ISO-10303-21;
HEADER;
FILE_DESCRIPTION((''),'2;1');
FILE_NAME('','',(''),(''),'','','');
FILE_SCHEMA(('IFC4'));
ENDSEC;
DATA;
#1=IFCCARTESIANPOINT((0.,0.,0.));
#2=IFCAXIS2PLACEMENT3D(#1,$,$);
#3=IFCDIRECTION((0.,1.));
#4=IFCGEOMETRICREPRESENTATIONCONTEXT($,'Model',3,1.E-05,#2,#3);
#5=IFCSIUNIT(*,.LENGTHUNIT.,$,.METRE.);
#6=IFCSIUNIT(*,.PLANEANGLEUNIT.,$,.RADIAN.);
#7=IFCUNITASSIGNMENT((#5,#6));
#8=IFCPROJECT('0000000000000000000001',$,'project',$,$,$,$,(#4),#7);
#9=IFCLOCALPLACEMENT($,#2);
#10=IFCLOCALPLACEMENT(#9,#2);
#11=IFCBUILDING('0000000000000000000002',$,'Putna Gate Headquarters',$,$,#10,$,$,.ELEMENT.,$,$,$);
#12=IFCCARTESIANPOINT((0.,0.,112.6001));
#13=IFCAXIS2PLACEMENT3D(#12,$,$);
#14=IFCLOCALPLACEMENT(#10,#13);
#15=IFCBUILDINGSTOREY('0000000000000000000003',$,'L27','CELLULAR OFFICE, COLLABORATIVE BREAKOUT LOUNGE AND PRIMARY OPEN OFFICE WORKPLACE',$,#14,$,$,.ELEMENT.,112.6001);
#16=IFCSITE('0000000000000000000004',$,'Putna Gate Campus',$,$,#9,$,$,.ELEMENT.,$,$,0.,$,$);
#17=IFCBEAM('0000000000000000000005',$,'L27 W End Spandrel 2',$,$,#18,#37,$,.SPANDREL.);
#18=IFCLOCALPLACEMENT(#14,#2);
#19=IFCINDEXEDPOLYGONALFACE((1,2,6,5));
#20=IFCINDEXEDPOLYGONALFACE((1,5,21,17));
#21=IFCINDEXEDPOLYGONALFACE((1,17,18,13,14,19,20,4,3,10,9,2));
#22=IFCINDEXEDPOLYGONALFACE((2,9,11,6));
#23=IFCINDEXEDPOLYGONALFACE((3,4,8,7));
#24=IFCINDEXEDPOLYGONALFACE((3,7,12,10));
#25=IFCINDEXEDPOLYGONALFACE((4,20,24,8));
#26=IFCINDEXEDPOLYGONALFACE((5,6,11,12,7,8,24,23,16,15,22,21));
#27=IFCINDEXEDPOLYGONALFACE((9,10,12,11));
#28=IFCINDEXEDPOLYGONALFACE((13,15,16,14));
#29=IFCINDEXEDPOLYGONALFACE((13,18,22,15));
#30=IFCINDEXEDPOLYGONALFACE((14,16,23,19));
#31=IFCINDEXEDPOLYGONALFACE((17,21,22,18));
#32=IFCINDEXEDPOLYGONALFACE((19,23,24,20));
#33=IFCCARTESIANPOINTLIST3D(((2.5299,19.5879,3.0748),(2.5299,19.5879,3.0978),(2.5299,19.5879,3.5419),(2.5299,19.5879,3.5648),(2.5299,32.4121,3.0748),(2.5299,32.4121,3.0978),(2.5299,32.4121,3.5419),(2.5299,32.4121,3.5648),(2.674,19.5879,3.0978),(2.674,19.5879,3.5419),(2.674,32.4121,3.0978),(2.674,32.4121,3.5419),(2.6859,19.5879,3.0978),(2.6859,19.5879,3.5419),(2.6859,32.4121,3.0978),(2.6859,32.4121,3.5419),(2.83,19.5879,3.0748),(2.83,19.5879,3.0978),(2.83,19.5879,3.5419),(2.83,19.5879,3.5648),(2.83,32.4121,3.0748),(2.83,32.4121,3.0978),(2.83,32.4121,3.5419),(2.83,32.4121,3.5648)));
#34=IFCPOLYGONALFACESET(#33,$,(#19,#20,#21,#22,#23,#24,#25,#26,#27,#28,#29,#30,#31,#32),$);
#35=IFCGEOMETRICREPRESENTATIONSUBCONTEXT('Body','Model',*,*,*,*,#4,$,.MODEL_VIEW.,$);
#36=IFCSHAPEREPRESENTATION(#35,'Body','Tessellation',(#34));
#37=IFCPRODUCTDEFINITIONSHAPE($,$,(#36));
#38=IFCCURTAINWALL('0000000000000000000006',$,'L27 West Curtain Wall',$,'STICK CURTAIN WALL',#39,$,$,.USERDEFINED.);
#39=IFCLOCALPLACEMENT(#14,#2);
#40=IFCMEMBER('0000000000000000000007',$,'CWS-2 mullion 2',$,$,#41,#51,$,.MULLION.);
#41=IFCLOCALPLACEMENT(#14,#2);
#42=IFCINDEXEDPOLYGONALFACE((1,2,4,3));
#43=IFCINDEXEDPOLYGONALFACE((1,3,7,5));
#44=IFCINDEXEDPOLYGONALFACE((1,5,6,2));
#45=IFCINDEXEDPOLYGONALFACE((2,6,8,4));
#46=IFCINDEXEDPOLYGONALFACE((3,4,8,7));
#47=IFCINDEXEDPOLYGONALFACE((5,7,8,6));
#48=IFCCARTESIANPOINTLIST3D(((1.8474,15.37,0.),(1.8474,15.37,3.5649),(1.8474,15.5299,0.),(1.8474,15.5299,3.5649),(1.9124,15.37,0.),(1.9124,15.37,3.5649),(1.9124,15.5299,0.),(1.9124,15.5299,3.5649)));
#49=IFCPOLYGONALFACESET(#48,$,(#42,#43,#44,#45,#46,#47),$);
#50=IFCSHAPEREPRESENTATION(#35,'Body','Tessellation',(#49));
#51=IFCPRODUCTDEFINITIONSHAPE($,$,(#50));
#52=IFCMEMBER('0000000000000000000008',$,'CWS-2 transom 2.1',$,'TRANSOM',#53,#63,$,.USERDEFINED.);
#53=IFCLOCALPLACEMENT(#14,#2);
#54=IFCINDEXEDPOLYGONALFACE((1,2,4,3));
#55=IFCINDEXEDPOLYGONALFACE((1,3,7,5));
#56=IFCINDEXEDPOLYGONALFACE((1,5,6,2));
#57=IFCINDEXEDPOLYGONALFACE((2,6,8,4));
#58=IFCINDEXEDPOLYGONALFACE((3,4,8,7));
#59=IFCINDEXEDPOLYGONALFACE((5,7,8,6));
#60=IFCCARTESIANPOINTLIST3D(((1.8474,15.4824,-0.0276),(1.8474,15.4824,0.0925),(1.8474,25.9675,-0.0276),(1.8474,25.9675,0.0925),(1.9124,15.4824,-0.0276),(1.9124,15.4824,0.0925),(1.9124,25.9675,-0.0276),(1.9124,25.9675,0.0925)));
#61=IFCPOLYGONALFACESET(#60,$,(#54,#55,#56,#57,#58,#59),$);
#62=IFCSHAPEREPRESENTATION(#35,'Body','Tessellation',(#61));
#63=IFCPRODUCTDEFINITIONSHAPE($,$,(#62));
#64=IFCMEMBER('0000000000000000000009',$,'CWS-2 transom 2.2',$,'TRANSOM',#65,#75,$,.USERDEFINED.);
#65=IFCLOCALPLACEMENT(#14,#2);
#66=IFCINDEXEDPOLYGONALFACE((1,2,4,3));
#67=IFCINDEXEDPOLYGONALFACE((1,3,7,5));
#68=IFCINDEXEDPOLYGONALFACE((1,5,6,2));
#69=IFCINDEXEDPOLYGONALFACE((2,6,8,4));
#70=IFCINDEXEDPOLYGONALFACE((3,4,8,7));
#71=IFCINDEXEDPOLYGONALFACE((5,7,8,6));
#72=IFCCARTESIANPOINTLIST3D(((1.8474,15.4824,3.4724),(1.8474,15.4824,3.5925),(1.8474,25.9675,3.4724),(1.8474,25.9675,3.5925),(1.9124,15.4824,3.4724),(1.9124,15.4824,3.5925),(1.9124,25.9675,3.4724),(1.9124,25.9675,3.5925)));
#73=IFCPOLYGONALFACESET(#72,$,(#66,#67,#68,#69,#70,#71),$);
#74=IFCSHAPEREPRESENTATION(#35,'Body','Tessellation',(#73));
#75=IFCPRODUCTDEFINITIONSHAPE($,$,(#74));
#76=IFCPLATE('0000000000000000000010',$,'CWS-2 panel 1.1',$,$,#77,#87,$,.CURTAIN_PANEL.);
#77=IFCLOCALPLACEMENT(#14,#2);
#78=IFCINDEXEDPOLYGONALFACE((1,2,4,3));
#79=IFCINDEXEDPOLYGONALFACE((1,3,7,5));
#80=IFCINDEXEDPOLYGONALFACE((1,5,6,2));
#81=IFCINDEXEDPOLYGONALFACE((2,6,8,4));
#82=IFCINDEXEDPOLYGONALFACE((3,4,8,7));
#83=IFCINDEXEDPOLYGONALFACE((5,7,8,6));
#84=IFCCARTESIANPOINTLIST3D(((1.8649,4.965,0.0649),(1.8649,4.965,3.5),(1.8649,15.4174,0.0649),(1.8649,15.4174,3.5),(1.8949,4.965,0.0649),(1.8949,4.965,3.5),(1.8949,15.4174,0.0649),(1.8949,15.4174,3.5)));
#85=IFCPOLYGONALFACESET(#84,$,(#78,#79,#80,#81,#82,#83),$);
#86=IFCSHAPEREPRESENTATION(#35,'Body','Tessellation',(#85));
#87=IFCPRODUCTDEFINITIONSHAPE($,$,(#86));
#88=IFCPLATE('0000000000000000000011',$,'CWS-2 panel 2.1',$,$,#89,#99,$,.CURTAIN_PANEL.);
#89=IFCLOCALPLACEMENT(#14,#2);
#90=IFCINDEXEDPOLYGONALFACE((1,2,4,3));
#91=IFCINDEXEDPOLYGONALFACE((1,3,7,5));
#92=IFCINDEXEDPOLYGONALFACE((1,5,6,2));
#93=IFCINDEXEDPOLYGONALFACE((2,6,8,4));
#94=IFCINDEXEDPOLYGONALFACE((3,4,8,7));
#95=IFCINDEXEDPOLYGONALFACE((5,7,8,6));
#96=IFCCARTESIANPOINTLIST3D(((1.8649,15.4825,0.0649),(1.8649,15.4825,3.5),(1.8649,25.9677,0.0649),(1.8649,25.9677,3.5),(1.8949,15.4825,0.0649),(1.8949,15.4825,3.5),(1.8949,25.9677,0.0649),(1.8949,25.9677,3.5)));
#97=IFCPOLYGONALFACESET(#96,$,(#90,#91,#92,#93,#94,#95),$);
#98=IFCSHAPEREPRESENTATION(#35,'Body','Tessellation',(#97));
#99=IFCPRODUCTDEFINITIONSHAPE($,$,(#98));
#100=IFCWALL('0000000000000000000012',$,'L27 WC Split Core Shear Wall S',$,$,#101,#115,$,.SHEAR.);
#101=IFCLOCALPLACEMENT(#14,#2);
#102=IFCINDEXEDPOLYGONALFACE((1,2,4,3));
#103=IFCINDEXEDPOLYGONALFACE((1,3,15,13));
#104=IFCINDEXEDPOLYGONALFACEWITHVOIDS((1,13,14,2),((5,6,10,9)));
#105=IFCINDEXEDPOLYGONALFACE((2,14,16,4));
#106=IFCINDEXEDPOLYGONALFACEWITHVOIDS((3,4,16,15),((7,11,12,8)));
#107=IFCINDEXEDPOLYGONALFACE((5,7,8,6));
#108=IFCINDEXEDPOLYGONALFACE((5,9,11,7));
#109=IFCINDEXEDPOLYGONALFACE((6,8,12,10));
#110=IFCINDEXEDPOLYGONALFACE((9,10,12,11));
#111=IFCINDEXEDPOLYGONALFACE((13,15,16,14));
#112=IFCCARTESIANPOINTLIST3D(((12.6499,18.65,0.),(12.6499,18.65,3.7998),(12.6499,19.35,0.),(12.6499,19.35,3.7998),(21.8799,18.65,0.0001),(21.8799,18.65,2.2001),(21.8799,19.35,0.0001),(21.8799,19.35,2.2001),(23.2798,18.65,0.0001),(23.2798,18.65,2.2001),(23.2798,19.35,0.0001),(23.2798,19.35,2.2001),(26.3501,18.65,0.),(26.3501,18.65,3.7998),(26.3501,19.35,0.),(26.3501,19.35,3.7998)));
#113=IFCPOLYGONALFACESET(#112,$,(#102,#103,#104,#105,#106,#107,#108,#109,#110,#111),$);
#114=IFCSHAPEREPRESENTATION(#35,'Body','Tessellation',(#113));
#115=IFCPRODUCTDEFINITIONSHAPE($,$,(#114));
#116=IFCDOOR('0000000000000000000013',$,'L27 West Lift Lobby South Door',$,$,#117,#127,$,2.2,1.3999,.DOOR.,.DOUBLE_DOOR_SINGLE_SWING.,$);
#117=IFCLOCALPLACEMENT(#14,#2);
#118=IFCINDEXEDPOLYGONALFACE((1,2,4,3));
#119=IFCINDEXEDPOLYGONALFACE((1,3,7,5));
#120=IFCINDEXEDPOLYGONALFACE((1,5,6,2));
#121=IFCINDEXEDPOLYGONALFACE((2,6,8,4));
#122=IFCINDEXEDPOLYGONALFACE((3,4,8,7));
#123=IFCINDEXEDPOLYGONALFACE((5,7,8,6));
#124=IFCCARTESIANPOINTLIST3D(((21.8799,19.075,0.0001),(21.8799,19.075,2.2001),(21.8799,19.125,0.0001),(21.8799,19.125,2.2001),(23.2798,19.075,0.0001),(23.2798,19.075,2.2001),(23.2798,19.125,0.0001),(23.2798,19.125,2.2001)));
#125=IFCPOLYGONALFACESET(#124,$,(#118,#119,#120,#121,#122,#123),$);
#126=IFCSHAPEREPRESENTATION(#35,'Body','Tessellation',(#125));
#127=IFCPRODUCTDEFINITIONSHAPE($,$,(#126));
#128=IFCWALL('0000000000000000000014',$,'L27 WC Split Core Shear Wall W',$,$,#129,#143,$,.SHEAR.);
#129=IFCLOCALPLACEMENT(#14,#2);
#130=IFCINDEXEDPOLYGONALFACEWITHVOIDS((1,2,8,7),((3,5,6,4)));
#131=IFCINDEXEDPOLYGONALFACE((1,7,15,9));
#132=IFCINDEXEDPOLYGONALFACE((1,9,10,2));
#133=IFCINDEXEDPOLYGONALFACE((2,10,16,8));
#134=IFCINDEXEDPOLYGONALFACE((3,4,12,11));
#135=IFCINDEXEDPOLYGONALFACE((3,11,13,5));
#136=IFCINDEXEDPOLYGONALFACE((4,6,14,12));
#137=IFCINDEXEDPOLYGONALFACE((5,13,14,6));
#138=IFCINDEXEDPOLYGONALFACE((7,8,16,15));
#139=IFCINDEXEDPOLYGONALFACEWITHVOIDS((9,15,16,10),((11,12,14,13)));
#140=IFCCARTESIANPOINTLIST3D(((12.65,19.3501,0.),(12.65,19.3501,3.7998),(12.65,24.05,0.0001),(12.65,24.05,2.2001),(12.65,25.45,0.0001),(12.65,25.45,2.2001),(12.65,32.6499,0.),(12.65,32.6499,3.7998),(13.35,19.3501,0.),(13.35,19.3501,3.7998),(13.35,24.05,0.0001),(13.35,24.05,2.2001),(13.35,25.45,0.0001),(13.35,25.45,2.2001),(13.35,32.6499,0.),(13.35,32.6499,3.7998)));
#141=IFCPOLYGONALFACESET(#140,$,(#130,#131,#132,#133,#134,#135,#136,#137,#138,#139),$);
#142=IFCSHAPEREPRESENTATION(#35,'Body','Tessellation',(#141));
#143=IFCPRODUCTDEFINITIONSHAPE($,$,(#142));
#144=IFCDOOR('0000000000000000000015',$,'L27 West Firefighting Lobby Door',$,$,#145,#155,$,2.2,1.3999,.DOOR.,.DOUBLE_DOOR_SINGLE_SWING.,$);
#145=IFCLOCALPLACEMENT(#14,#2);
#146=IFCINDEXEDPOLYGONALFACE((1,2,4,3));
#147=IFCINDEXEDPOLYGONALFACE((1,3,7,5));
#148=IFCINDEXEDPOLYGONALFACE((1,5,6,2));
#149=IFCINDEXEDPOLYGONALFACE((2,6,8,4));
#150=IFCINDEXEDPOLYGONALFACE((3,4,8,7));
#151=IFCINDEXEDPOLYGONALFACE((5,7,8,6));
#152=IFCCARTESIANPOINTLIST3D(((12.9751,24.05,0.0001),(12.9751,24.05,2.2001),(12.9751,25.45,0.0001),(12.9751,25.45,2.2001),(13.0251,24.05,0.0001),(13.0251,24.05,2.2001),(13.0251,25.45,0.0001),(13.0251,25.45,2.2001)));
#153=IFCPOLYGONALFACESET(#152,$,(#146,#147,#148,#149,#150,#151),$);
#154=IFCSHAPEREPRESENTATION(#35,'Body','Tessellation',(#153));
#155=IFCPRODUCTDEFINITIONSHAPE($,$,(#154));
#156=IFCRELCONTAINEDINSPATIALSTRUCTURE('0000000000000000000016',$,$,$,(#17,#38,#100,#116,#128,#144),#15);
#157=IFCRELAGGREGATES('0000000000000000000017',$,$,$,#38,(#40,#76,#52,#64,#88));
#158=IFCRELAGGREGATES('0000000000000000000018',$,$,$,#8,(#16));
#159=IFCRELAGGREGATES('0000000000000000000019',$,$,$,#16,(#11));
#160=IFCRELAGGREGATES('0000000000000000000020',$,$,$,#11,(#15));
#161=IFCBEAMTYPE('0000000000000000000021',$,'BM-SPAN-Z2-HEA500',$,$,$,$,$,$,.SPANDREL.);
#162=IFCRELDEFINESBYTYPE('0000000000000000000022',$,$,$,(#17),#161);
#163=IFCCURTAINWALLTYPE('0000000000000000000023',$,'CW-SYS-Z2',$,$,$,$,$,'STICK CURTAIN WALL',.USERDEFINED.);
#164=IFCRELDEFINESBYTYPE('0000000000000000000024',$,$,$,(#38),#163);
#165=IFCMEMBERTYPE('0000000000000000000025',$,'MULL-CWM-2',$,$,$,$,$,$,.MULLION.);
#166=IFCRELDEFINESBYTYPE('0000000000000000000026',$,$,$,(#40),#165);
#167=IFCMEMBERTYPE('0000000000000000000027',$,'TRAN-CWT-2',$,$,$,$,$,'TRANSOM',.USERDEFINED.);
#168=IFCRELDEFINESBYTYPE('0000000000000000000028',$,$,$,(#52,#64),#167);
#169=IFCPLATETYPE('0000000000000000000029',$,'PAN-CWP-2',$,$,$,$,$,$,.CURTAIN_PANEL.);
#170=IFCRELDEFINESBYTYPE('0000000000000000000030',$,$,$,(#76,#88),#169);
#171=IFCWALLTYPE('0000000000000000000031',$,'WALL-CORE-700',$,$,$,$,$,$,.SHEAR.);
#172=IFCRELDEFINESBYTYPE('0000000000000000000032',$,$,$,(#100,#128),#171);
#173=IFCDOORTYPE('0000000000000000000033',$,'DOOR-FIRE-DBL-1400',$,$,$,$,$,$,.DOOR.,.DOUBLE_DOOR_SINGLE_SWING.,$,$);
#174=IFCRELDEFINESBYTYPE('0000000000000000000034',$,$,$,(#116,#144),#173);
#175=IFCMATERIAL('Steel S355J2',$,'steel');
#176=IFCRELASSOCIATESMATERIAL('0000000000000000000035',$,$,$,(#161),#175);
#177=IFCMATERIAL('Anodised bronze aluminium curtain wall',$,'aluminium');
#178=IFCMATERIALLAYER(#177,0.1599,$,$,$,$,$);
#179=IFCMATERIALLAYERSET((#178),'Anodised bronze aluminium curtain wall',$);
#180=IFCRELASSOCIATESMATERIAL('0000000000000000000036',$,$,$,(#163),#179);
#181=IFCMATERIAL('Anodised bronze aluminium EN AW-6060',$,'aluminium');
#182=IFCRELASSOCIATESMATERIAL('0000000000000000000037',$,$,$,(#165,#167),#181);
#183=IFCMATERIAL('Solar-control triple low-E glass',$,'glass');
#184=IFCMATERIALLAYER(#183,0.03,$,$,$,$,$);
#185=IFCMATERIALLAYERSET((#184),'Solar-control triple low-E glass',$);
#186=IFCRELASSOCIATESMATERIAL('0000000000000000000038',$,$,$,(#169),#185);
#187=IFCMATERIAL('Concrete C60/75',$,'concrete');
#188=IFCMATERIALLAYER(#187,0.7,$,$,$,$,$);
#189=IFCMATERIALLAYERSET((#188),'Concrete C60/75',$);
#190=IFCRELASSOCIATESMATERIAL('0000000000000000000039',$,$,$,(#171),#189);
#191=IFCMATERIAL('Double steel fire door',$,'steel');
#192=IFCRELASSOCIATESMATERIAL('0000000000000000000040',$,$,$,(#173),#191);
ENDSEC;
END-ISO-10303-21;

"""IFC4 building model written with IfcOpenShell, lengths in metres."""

from ifc_helpers import new_model, si_unit, direction, frame, frame_2d, origin, origin_2d, place, context, subcontext, project, spatial, rectangle, i_section, extrude, material, layer, layer_set, material_profile, profile_set, type_object, element, fill, aggregate, save


model = new_model("IFC4")

# Units and contexts
model_context = context("Model", 3, precision=1e-05, world=origin(), true_north=direction((0.0, 1.0)))
body_context = subcontext(model_context, "Body", "Model", "MODEL_VIEW")
ifc_project = project(units=[si_unit("LENGTHUNIT", "METRE"), si_unit("PLANEANGLEUNIT", "RADIAN")], contexts=[model_context])

# Site, building, storey
site_placement = place(None, origin())
site = spatial("IfcSite", under=ifc_project, at=site_placement, Name="Putna Gate Campus", CompositionType="ELEMENT", RefElevation=0.0)
building_placement = place(site_placement, origin())
building = spatial("IfcBuilding", under=site, at=building_placement, Name="Putna Gate Headquarters", CompositionType="ELEMENT")
storey_placement = place(building_placement, frame((0.0, 0.0, 112.6001)))
storey = spatial("IfcBuildingStorey", under=building, at=storey_placement, Name="L27", Description="CELLULAR OFFICE, COLLABORATIVE BREAKOUT LOUNGE AND PRIMARY OPEN OFFICE WORKPLACE", CompositionType="ELEMENT", Elevation=112.6001)

# Shared definitions
ifc_material_1 = material(Name="Concrete C60/75", Category="concrete")

# Beam
ifc_material_2 = material(Name="Steel S355J2", Category="steel")
ifc_material_profile_1 = material_profile(ifc_material_2, i_section(OverallWidth=0.3, OverallDepth=0.49, WebThickness=0.012, FlangeThickness=0.0229, at=origin_2d()), Name="Steel S355J2")
ifc_profile_set_1 = profile_set([ifc_material_profile_1], Name="Steel S355J2")
beam_type_1 = type_object("IfcBeamType", Name="BM-SPAN-Z2-HEA500", PredefinedType="SPANDREL", material=ifc_profile_set_1)
beam_1_placement = place(storey_placement, frame((2.6799, 19.5879, 3.3198), z_axis=(0.0, 1.0, 0.0), x_axis=(-1.0, 0.0, 0.0)))
element("IfcBeam", 1, at=beam_1_placement, inside=storey, type_object=beam_type_1, Name="L27 W End Spandrel 2", PredefinedType="SPANDREL", context=body_context, shape_type="SweptSolid", body=[
    extrude(i_section(OverallWidth=0.3, OverallDepth=0.49, WebThickness=0.012, FlangeThickness=0.0229, at=origin_2d()), origin(), (0.0, 0.0, 1.0), 12.8242),
])

# Curtain wall, members, plates
ifc_material_3 = material(Name="Anodised bronze aluminium curtain wall", Category="aluminium")
ifc_layer_1 = layer(ifc_material_3, 0.1599)
ifc_layer_set_1 = layer_set([ifc_layer_1], Name="Anodised bronze aluminium curtain wall")
curtain_wall_type = type_object("IfcCurtainWallType", Name="CW-SYS-Z2", ElementType="STICK CURTAIN WALL", PredefinedType="USERDEFINED", material=ifc_layer_set_1)
curtain_wall_placement = place(storey_placement, origin())
curtain_wall = element("IfcCurtainWall", 2, at=curtain_wall_placement, inside=storey, type_object=curtain_wall_type, Name="L27 West Curtain Wall", ObjectType="STICK CURTAIN WALL", PredefinedType="USERDEFINED")
ifc_material_4 = material(Name="Anodised bronze aluminium EN AW-6060", Category="aluminium")
ifc_material_profile_2 = material_profile(ifc_material_4, rectangle(XDim=0.0649, YDim=0.1599, at=origin_2d()), Name="Anodised bronze aluminium EN AW-6060")
ifc_profile_set_2 = profile_set([ifc_material_profile_2], Name="Anodised bronze aluminium EN AW-6060")
member_type_1 = type_object("IfcMemberType", Name="MULL-CWM-2", PredefinedType="MULLION", material=ifc_profile_set_2)
member_1_placement = place(storey_placement, frame((1.8799, 15.45, 0.0), z_axis=(0.0, 0.0, 1.0), x_axis=(-1.0, 0.0, 0.0)))
member_1 = element("IfcMember", 3, at=member_1_placement, type_object=member_type_1, Name="CWS-2 mullion 2", PredefinedType="MULLION", context=body_context, shape_type="SweptSolid", body=[
    extrude(rectangle(XDim=0.0649, YDim=0.1599, at=origin_2d()), origin(), (0.0, 0.0, 1.0), 3.5649),
])
ifc_material_profile_3 = material_profile(ifc_material_4, rectangle(XDim=0.0649, YDim=0.1201, at=origin_2d()), Name="Anodised bronze aluminium EN AW-6060")
ifc_profile_set_3 = profile_set([ifc_material_profile_3], Name="Anodised bronze aluminium EN AW-6060")
member_type_2 = type_object("IfcMemberType", Name="TRAN-CWT-2", ElementType="TRANSOM", PredefinedType="USERDEFINED", material=ifc_profile_set_3)
member_2_placement = place(storey_placement, frame((1.8799, 15.4824, 0.0325), z_axis=(0.0, 1.0, 0.0), x_axis=(-1.0, 0.0, 0.0)))
member_2 = element("IfcMember", 4, at=member_2_placement, type_object=member_type_2, Name="CWS-2 transom 2.1", ObjectType="TRANSOM", PredefinedType="USERDEFINED", context=body_context, shape_type="SweptSolid", body=[
    extrude(rectangle(XDim=0.0649, YDim=0.1201, at=origin_2d()), origin(), (0.0, 0.0, 1.0), 10.4851),
])
member_3_placement = place(storey_placement, frame((1.8799, 15.4824, 3.5325), z_axis=(0.0, 1.0, 0.0), x_axis=(-1.0, 0.0, 0.0)))
member_3 = element("IfcMember", 5, at=member_3_placement, type_object=member_type_2, Name="CWS-2 transom 2.2", ObjectType="TRANSOM", PredefinedType="USERDEFINED", context=body_context, shape_type="SweptSolid", body=[
    extrude(rectangle(XDim=0.0649, YDim=0.1201, at=origin_2d()), origin(), (0.0, 0.0, 1.0), 10.4851),
])
ifc_material_5 = material(Name="Solar-control triple low-E glass", Category="glass")
ifc_layer_2 = layer(ifc_material_5, 0.03)
ifc_layer_set_2 = layer_set([ifc_layer_2], Name="Solar-control triple low-E glass")
plate_type = type_object("IfcPlateType", Name="PAN-CWP-2", PredefinedType="CURTAIN_PANEL", material=ifc_layer_set_2)
plate_1_placement = place(storey_placement, frame((1.8799, 10.1912, 0.0649), z_axis=(0.0, 0.0, 1.0), x_axis=(0.0, 1.0, 0.0)))
plate_1 = element("IfcPlate", 6, at=plate_1_placement, type_object=plate_type, Name="CWS-2 panel 1.1", PredefinedType="CURTAIN_PANEL", context=body_context, shape_type="SweptSolid", body=[
    extrude(rectangle(XDim=10.4524, YDim=0.03, at=origin_2d()), origin(), (0.0, 0.0, 1.0), 3.4351),
])
plate_2_placement = place(storey_placement, frame((1.8799, 20.7251, 0.0649), z_axis=(0.0, 0.0, 1.0), x_axis=(0.0, 1.0, 0.0)))
plate_2 = element("IfcPlate", 7, at=plate_2_placement, type_object=plate_type, Name="CWS-2 panel 2.1", PredefinedType="CURTAIN_PANEL", context=body_context, shape_type="SweptSolid", body=[
    extrude(rectangle(XDim=10.4851, YDim=0.03, at=origin_2d()), origin(), (0.0, 0.0, 1.0), 3.4351),
])
aggregate(curtain_wall, [member_1, plate_1, member_2, member_3, plate_2])

# Walls, openings, doors
ifc_layer_3 = layer(ifc_material_1, 0.7)
ifc_layer_set_3 = layer_set([ifc_layer_3], Name="Concrete C60/75")
wall_type_1 = type_object("IfcWallType", Name="WALL-CORE-700", PredefinedType="SHEAR", material=ifc_layer_set_3)
wall_1_placement = place(storey_placement, frame((12.6499, 19.0, 0.0), z_axis=(0.0, 0.0, 1.0), x_axis=(1.0, 0.0, 0.0)))
wall_1 = element("IfcWall", 8, at=wall_1_placement, inside=storey, type_object=wall_type_1, Name="L27 WC Split Core Shear Wall S", PredefinedType="SHEAR", context=body_context, shape_type="SweptSolid", body=[
    extrude(rectangle(XDim=13.7002, YDim=0.7, at=frame_2d((6.8501, 0.0))), origin(), (0.0, 0.0, 1.0), 3.7998),
])
opening_1_placement = place(wall_1_placement, frame((9.23, 0.0, 0.0)))
opening_1 = element("IfcOpeningElement", 9, at=opening_1_placement, cuts=wall_1, PredefinedType="OPENING", context=body_context, shape_type="SweptSolid", body=[
    extrude(rectangle(XDim=1.3999, YDim=2.2, at=frame_2d((0.7, 1.1001))), frame((0.0, 0.3599, 0.0), z_axis=(0.0, -1.0, 0.0), x_axis=(1.0, 0.0, 0.0)), (0.0, 0.0, 1.0), 0.72),
])
ifc_material_6 = material(Name="Double steel fire door", Category="steel")
door_type_1 = type_object("IfcDoorType", Name="DOOR-FIRE-DBL-1400", OperationType="DOUBLE_DOOR_SINGLE_SWING", PredefinedType="DOOR", material=ifc_material_6)
door_1_placement = place(opening_1_placement, origin())
door_1 = element("IfcDoor", 10, at=door_1_placement, inside=storey, type_object=door_type_1, Name="L27 West Lift Lobby South Door", OperationType="DOUBLE_DOOR_SINGLE_SWING", OverallHeight=2.2, OverallWidth=1.3999, PredefinedType="DOOR", context=body_context, shape_type="SweptSolid", body=[
    extrude(rectangle(XDim=1.3999, YDim=2.2, at=frame_2d((0.7, 1.1001))), frame((0.0, 0.125, 0.0), z_axis=(0.0, -1.0, 0.0), x_axis=(1.0, 0.0, 0.0)), (0.0, 0.0, 1.0), 0.05),
])
fill(opening_1, door_1)
wall_2_placement = place(storey_placement, frame((13.0, 19.3501, 0.0), z_axis=(0.0, 0.0, 1.0), x_axis=(0.0, 1.0, 0.0)))
wall_2 = element("IfcWall", 11, at=wall_2_placement, inside=storey, type_object=wall_type_1, Name="L27 WC Split Core Shear Wall W", PredefinedType="SHEAR", context=body_context, shape_type="SweptSolid", body=[
    extrude(rectangle(XDim=13.2998, YDim=0.7, at=frame_2d((6.6499, 0.0))), origin(), (0.0, 0.0, 1.0), 3.7998),
])
opening_2_placement = place(wall_2_placement, frame((4.7, 0.0, 0.0)))
opening_2 = element("IfcOpeningElement", 12, at=opening_2_placement, cuts=wall_2, PredefinedType="OPENING", context=body_context, shape_type="SweptSolid", body=[
    extrude(rectangle(XDim=1.3999, YDim=2.2, at=frame_2d((0.7, 1.1001))), frame((0.0, 0.3599, 0.0), z_axis=(0.0, -1.0, 0.0), x_axis=(1.0, 0.0, 0.0)), (0.0, 0.0, 1.0), 0.72),
])
door_2_placement = place(opening_2_placement, origin())
door_2 = element("IfcDoor", 13, at=door_2_placement, inside=storey, type_object=door_type_1, Name="L27 West Firefighting Lobby Door", OperationType="DOUBLE_DOOR_SINGLE_SWING", OverallHeight=2.2, OverallWidth=1.3999, PredefinedType="DOOR", context=body_context, shape_type="SweptSolid", body=[
    extrude(rectangle(XDim=1.3999, YDim=2.2, at=frame_2d((0.7, 1.1001))), frame((0.0, 0.0249, 0.0), z_axis=(0.0, -1.0, 0.0), x_axis=(1.0, 0.0, 0.0)), (0.0, 0.0, 1.0), 0.05),
])
fill(opening_2, door_2)

save(model, "model.ifc")
